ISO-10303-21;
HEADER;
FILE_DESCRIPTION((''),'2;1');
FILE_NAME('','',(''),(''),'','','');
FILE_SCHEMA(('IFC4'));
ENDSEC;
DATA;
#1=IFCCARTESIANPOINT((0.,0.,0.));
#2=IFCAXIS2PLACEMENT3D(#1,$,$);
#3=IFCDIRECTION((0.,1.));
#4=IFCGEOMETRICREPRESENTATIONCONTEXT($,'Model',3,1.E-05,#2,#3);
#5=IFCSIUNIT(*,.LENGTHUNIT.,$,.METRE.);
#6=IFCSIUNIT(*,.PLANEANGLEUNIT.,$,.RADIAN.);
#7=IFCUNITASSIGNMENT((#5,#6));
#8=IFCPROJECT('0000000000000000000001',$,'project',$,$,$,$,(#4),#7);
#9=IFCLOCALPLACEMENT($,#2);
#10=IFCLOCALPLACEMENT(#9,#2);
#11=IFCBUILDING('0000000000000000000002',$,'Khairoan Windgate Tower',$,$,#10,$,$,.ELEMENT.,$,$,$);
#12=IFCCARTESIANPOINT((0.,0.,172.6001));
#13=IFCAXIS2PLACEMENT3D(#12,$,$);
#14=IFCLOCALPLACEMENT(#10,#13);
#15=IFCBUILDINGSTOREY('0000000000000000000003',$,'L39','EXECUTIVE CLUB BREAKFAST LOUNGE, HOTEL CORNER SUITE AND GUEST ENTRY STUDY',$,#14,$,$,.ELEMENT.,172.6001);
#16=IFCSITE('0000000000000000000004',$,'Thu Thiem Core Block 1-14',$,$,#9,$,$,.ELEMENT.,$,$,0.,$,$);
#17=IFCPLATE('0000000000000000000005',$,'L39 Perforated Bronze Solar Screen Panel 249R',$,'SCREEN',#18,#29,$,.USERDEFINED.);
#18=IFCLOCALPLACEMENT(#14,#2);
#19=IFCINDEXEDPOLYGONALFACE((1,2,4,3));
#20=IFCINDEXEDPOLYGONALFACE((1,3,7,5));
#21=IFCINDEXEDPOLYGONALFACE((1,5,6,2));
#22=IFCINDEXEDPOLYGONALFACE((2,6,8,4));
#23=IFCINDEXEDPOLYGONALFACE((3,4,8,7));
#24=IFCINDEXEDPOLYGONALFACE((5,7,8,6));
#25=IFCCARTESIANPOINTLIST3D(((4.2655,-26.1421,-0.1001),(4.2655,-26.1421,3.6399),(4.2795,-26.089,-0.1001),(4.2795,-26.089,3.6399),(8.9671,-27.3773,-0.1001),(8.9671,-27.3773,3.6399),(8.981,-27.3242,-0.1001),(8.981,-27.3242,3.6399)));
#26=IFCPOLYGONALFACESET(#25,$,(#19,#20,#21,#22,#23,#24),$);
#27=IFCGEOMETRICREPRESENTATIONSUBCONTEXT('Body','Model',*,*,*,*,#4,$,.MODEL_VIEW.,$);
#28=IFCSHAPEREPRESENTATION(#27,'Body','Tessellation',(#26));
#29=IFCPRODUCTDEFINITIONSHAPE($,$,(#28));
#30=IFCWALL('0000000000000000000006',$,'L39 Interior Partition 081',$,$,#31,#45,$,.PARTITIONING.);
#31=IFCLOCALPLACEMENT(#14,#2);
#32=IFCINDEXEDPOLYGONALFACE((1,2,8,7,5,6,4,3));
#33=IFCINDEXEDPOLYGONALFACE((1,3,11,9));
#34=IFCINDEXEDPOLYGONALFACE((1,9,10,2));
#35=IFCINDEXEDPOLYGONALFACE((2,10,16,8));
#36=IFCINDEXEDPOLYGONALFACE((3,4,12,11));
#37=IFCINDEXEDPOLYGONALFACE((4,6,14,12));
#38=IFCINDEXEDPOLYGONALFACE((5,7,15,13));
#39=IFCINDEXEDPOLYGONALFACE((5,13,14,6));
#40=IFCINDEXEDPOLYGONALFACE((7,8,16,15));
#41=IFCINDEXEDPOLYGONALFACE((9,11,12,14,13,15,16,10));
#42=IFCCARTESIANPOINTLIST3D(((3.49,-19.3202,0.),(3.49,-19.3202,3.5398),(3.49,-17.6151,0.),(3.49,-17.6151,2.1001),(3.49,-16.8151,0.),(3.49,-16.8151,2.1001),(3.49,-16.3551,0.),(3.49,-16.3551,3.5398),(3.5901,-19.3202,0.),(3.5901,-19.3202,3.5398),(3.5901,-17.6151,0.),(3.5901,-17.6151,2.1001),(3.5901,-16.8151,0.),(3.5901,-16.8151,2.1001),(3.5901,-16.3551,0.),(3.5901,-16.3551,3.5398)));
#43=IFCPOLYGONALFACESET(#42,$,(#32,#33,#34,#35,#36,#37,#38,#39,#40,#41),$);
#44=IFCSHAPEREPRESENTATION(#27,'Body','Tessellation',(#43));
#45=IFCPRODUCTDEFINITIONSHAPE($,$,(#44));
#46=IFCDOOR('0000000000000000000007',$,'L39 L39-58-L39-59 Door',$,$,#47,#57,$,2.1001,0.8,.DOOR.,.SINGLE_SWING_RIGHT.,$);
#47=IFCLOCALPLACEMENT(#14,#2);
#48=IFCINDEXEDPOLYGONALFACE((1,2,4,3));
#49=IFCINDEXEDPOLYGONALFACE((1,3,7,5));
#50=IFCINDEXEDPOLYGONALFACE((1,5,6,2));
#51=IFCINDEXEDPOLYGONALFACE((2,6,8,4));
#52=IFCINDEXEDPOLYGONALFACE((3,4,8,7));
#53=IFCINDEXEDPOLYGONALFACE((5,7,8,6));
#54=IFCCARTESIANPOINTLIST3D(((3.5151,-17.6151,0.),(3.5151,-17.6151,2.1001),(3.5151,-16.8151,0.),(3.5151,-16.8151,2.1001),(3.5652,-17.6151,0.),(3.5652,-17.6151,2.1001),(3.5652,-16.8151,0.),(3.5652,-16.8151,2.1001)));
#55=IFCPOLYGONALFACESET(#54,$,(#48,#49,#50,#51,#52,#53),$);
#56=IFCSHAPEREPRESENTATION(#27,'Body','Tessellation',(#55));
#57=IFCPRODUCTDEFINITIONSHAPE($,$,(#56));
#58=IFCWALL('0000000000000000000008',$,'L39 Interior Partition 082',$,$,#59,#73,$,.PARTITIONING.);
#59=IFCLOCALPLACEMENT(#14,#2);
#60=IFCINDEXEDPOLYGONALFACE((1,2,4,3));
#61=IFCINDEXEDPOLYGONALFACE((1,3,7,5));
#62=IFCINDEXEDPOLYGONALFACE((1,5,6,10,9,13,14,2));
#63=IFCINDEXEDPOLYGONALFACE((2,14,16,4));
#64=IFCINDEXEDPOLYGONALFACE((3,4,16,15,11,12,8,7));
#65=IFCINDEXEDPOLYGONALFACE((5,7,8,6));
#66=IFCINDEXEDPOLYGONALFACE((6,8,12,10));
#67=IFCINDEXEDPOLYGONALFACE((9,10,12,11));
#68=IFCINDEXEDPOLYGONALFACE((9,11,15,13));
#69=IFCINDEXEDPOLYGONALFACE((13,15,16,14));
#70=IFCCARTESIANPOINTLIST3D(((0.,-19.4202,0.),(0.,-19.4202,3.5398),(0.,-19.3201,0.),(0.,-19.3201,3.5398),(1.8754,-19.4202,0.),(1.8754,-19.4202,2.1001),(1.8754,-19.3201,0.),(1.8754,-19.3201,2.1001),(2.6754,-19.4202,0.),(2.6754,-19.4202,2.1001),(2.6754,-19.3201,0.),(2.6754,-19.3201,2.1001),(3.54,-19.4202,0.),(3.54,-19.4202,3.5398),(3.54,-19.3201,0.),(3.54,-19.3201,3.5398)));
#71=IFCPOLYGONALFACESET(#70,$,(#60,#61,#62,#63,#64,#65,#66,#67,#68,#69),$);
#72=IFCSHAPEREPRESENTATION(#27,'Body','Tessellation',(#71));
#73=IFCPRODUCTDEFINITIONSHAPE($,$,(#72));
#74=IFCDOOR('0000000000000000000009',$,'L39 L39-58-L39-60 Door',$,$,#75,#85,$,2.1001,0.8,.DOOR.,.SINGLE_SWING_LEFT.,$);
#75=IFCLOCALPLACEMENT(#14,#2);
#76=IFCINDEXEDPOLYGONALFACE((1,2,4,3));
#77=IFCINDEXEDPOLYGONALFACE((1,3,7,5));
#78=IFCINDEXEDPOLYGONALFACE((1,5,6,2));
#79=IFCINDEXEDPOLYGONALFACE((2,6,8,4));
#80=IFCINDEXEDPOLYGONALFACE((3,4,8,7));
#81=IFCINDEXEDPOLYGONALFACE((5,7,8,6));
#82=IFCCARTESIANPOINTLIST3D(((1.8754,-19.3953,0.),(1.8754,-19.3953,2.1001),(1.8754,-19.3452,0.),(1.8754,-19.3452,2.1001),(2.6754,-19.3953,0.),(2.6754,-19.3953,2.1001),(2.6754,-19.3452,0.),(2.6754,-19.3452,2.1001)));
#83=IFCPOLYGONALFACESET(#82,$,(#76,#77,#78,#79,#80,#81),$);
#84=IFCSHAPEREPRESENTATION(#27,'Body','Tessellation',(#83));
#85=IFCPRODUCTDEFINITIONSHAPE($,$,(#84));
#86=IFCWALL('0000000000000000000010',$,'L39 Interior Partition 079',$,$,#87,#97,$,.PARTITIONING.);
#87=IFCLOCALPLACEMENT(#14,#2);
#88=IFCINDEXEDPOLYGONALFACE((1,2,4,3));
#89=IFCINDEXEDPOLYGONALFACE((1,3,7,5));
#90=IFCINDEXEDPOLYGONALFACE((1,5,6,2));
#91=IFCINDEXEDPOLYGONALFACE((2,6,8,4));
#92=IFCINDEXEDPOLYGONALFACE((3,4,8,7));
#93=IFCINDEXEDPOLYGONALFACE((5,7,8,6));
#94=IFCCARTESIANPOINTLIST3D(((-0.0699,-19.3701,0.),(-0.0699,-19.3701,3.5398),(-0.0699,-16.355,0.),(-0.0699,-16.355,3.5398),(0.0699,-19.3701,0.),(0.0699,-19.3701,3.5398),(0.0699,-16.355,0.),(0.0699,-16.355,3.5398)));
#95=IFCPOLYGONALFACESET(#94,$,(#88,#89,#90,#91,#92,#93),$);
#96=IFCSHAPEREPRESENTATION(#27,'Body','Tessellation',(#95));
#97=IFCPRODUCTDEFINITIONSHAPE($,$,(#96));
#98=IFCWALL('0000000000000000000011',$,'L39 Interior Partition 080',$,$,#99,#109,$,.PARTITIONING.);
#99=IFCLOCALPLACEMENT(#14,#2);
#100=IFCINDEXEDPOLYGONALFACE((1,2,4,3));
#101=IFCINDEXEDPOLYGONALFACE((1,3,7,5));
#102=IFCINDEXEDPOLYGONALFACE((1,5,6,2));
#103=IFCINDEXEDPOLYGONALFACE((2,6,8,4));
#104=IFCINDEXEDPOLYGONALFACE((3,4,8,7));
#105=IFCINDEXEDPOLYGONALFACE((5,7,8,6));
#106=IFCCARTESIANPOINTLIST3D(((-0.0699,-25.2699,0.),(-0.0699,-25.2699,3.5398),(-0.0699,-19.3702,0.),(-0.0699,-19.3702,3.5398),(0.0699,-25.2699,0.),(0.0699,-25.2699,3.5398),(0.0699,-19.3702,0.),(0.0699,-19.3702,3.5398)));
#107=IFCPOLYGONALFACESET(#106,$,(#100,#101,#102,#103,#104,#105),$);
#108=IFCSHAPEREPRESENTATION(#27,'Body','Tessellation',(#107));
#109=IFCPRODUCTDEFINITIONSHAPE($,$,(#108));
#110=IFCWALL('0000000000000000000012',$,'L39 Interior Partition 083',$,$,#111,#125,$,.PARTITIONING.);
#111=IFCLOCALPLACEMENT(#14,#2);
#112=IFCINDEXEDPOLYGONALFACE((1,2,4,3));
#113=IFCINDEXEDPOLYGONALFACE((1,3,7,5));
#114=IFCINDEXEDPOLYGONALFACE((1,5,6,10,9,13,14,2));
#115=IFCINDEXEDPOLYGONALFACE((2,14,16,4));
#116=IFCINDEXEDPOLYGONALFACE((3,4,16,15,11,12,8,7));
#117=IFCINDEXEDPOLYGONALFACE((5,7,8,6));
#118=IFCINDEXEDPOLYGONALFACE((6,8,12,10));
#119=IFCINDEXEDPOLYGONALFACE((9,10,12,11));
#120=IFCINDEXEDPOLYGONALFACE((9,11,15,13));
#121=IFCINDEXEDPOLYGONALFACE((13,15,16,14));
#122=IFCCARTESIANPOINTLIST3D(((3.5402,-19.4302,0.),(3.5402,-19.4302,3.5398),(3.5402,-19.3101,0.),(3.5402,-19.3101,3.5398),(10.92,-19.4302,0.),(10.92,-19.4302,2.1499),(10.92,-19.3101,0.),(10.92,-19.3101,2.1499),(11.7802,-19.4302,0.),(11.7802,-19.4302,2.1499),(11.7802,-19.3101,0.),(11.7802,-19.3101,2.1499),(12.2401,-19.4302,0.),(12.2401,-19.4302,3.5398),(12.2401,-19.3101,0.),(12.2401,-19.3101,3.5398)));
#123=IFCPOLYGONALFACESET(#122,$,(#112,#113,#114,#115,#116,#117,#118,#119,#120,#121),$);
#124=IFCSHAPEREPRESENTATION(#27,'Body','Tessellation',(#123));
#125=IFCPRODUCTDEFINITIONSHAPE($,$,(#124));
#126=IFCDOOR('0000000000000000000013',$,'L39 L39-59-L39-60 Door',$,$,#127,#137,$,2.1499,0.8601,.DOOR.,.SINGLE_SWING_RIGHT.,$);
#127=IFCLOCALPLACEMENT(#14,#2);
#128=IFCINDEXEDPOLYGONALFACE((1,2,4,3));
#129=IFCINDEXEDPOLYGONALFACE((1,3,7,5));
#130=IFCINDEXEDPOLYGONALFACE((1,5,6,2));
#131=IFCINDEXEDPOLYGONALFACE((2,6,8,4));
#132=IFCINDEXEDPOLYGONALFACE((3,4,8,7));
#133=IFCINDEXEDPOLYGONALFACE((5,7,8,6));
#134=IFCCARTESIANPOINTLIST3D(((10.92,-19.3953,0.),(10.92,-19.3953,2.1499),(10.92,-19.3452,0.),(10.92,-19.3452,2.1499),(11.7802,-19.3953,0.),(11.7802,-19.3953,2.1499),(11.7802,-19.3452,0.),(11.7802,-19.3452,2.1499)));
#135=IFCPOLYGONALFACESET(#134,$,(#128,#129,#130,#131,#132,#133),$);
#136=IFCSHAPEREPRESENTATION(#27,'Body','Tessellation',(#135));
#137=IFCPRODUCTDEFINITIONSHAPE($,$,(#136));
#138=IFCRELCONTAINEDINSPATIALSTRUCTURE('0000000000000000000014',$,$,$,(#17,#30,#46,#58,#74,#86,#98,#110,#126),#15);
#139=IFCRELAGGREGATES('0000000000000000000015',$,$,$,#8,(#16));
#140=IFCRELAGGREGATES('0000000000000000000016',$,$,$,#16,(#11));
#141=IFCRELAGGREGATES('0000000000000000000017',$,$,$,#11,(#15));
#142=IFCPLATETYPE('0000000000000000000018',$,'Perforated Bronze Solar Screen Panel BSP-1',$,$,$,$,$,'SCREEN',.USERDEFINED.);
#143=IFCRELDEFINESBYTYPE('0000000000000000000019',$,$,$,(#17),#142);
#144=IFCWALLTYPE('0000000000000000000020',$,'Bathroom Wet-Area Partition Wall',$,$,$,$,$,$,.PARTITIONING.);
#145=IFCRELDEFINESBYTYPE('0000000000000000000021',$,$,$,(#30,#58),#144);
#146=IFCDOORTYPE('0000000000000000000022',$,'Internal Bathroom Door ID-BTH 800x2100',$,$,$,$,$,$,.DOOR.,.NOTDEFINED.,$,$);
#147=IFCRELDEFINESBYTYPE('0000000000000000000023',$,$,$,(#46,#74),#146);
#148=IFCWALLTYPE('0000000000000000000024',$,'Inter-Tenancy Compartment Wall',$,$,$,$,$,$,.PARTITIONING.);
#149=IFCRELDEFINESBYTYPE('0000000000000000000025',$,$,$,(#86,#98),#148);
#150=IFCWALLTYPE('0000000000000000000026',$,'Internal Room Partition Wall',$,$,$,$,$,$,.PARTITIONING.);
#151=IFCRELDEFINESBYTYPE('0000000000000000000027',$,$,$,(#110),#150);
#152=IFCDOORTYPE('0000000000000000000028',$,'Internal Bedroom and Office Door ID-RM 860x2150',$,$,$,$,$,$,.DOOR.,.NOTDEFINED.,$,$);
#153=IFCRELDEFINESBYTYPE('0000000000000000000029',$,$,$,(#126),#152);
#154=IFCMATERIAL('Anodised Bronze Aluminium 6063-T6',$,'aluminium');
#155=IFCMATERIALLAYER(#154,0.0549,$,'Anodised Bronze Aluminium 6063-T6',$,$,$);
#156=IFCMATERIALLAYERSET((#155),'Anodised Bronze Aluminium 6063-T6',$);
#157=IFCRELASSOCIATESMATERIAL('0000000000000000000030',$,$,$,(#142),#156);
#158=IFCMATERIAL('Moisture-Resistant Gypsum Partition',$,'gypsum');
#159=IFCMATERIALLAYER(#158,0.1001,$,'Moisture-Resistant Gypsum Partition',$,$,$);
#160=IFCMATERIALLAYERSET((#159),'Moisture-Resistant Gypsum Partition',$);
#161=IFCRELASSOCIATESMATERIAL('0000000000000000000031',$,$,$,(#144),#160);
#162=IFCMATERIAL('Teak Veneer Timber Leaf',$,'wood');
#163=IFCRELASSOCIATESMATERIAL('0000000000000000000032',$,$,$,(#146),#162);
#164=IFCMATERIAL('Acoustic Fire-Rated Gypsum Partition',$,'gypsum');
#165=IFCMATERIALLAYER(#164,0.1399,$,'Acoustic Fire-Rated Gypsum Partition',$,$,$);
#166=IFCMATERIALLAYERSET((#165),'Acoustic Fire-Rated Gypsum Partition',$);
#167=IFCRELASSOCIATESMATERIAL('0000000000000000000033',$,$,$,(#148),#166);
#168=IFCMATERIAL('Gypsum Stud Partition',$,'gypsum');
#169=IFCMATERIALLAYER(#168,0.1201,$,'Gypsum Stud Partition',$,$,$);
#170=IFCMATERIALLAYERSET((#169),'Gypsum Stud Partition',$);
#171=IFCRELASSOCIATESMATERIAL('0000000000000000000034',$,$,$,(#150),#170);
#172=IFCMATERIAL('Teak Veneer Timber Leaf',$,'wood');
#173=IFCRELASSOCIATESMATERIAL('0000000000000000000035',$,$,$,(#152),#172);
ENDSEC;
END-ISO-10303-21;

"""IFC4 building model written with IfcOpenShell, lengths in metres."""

from ifc_helpers import new_model, si_unit, direction, frame, frame_2d, origin, origin_2d, place, context, subcontext, project, spatial, rectangle, extrude, material, layer, layer_set, type_object, element, fill, save


model = new_model("IFC4")

# Units and contexts
model_context = context("Model", 3, precision=1e-05, world=origin(), true_north=direction((0.0, 1.0)))
body_context = subcontext(model_context, "Body", "Model", "MODEL_VIEW")
ifc_project = project(units=[si_unit("LENGTHUNIT", "METRE"), si_unit("PLANEANGLEUNIT", "RADIAN")], contexts=[model_context])

# Site, building, storey
site_placement = place(None, origin())
site = spatial("IfcSite", under=ifc_project, at=site_placement, Name="Thu Thiem Core Block 1-14", CompositionType="ELEMENT", RefElevation=0.0)
building_placement = place(site_placement, origin())
building = spatial("IfcBuilding", under=site, at=building_placement, Name="Khairoan Windgate Tower", CompositionType="ELEMENT")
storey_placement = place(building_placement, frame((0.0, 0.0, 172.6001)))
storey = spatial("IfcBuildingStorey", under=building, at=storey_placement, Name="L39", Description="EXECUTIVE CLUB BREAKFAST LOUNGE, HOTEL CORNER SUITE AND GUEST ENTRY STUDY", CompositionType="ELEMENT", Elevation=172.6001)

# Plate
ifc_material_1 = material(Name="Anodised Bronze Aluminium 6063-T6", Category="aluminium")
ifc_layer_1 = layer(ifc_material_1, 0.0549, Name="Anodised Bronze Aluminium 6063-T6")
ifc_layer_set_1 = layer_set([ifc_layer_1], Name="Anodised Bronze Aluminium 6063-T6")
plate_type = type_object("IfcPlateType", Name="Perforated Bronze Solar Screen Panel BSP-1", ElementType="SCREEN", PredefinedType="USERDEFINED", material=ifc_layer_set_1)
plate_placement = place(storey_placement, frame((6.6233, -26.7332, -0.1001), z_axis=(0.0, 0.0, 1.0), x_axis=(-0.967179, 0.254096, 0.0)))
element("IfcPlate", 1, at=plate_placement, inside=storey, type_object=plate_type, Name="L39 Perforated Bronze Solar Screen Panel 249R", ObjectType="SCREEN", PredefinedType="USERDEFINED", context=body_context, shape_type="SweptSolid", body=[
    extrude(rectangle(XDim=4.8611, YDim=0.0549, at=origin_2d()), origin(), (0.0, 0.0, 1.0), 3.74),
])

# Walls, openings, doors
ifc_material_2 = material(Name="Moisture-Resistant Gypsum Partition", Category="gypsum")
ifc_layer_2 = layer(ifc_material_2, 0.1001, Name="Moisture-Resistant Gypsum Partition")
ifc_layer_set_2 = layer_set([ifc_layer_2], Name="Moisture-Resistant Gypsum Partition")
wall_type_1 = type_object("IfcWallType", Name="Bathroom Wet-Area Partition Wall", PredefinedType="PARTITIONING", material=ifc_layer_set_2)
wall_1_placement = place(storey_placement, frame((3.54, -19.3201, 0.0), z_axis=(0.0, 0.0, 1.0), x_axis=(0.0, 1.0, 0.0)))
wall_1 = element("IfcWall", 2, at=wall_1_placement, inside=storey, type_object=wall_type_1, Name="L39 Interior Partition 081", PredefinedType="PARTITIONING", context=body_context, shape_type="SweptSolid", body=[
    extrude(rectangle(XDim=2.9651, YDim=0.1001, at=frame_2d((1.4824, 0.0))), origin(), (0.0, 0.0, 1.0), 3.5398),
])
opening_1_placement = place(wall_1_placement, frame((1.7051, 0.0, 0.0)))
opening_1 = element("IfcOpeningElement", 3, at=opening_1_placement, cuts=wall_1, PredefinedType="OPENING", context=body_context, shape_type="SweptSolid", body=[
    extrude(rectangle(XDim=0.8, YDim=2.1001, at=frame_2d((0.3999, 1.05))), frame((0.0, 0.0601, 0.0), z_axis=(0.0, -1.0, 0.0), x_axis=(1.0, 0.0, 0.0)), (0.0, 0.0, 1.0), 0.1201),
])
ifc_material_3 = material(Name="Teak Veneer Timber Leaf", Category="wood")
door_type_1 = type_object("IfcDoorType", Name="Internal Bathroom Door ID-BTH 800x2100", OperationType="NOTDEFINED", PredefinedType="DOOR", material=ifc_material_3)
door_1_placement = place(opening_1_placement, origin())
door_1 = element("IfcDoor", 4, at=door_1_placement, inside=storey, type_object=door_type_1, Name="L39 L39-58-L39-59 Door", OperationType="SINGLE_SWING_RIGHT", OverallHeight=2.1001, OverallWidth=0.8, PredefinedType="DOOR", context=body_context, shape_type="SweptSolid", body=[
    extrude(rectangle(XDim=0.8, YDim=2.1001, at=frame_2d((0.3999, 1.05))), frame((0.0, 0.0249, 0.0), z_axis=(0.0, -1.0, 0.0), x_axis=(1.0, 0.0, 0.0)), (0.0, 0.0, 1.0), 0.05),
])
fill(opening_1, door_1)
wall_2_placement = place(storey_placement, frame((0.0, -19.3701, 0.0), z_axis=(0.0, 0.0, 1.0), x_axis=(1.0, 0.0, 0.0)))
wall_2 = element("IfcWall", 5, at=wall_2_placement, inside=storey, type_object=wall_type_1, Name="L39 Interior Partition 082", PredefinedType="PARTITIONING", context=body_context, shape_type="SweptSolid", body=[
    extrude(rectangle(XDim=3.54, YDim=0.1001, at=frame_2d((1.77, 0.0))), origin(), (0.0, 0.0, 1.0), 3.5398),
])
opening_2_placement = place(wall_2_placement, frame((1.8755, 0.0, 0.0)))
opening_2 = element("IfcOpeningElement", 6, at=opening_2_placement, cuts=wall_2, PredefinedType="OPENING", context=body_context, shape_type="SweptSolid", body=[
    extrude(rectangle(XDim=0.8, YDim=2.1001, at=frame_2d((0.3999, 1.05))), frame((0.0, 0.0601, 0.0), z_axis=(0.0, -1.0, 0.0), x_axis=(1.0, 0.0, 0.0)), (0.0, 0.0, 1.0), 0.1201),
])
door_2_placement = place(opening_2_placement, origin())
door_2 = element("IfcDoor", 7, at=door_2_placement, inside=storey, type_object=door_type_1, Name="L39 L39-58-L39-60 Door", OperationType="SINGLE_SWING_LEFT", OverallHeight=2.1001, OverallWidth=0.8, PredefinedType="DOOR", context=body_context, shape_type="SweptSolid", body=[
    extrude(rectangle(XDim=0.8, YDim=2.1001, at=frame_2d((0.3999, 1.05))), frame((0.0, 0.0249, 0.0), z_axis=(0.0, -1.0, 0.0), x_axis=(1.0, 0.0, 0.0)), (0.0, 0.0, 1.0), 0.05),
])
fill(opening_2, door_2)

# Walls
ifc_material_4 = material(Name="Acoustic Fire-Rated Gypsum Partition", Category="gypsum")
ifc_layer_3 = layer(ifc_material_4, 0.1399, Name="Acoustic Fire-Rated Gypsum Partition")
ifc_layer_set_3 = layer_set([ifc_layer_3], Name="Acoustic Fire-Rated Gypsum Partition")
wall_type_2 = type_object("IfcWallType", Name="Inter-Tenancy Compartment Wall", PredefinedType="PARTITIONING", material=ifc_layer_set_3)
wall_3_placement = place(storey_placement, frame((0.0, -19.3701, 0.0), z_axis=(0.0, 0.0, 1.0), x_axis=(0.0, 1.0, 0.0)))
element("IfcWall", 8, at=wall_3_placement, inside=storey, type_object=wall_type_2, Name="L39 Interior Partition 079", PredefinedType="PARTITIONING", context=body_context, shape_type="SweptSolid", body=[
    extrude(rectangle(XDim=3.0151, YDim=0.1399, at=frame_2d((1.5076, 0.0))), origin(), (0.0, 0.0, 1.0), 3.5398),
])
wall_4_placement = place(storey_placement, frame((0.0, -25.2698, 0.0), z_axis=(0.0, 0.0, 1.0), x_axis=(0.0, 1.0, 0.0)))
element("IfcWall", 9, at=wall_4_placement, inside=storey, type_object=wall_type_2, Name="L39 Interior Partition 080", PredefinedType="PARTITIONING", context=body_context, shape_type="SweptSolid", body=[
    extrude(rectangle(XDim=5.8997, YDim=0.1399, at=frame_2d((2.9497, 0.0))), origin(), (0.0, 0.0, 1.0), 3.5398),
])

# Wall, opening, door
ifc_material_5 = material(Name="Gypsum Stud Partition", Category="gypsum")
ifc_layer_4 = layer(ifc_material_5, 0.1201, Name="Gypsum Stud Partition")
ifc_layer_set_4 = layer_set([ifc_layer_4], Name="Gypsum Stud Partition")
wall_type_3 = type_object("IfcWallType", Name="Internal Room Partition Wall", PredefinedType="PARTITIONING", material=ifc_layer_set_4)
wall_5_placement = place(storey_placement, frame((3.54, -19.3701, 0.0), z_axis=(0.0, 0.0, 1.0), x_axis=(1.0, 0.0, 0.0)))
wall_5 = element("IfcWall", 10, at=wall_5_placement, inside=storey, type_object=wall_type_3, Name="L39 Interior Partition 083", PredefinedType="PARTITIONING", context=body_context, shape_type="SweptSolid", body=[
    extrude(rectangle(XDim=8.7, YDim=0.1201, at=frame_2d((4.3501, 0.0))), origin(), (0.0, 0.0, 1.0), 3.5398),
])
opening_3_placement = place(wall_5_placement, frame((7.3799, 0.0, 0.0)))
opening_3 = element("IfcOpeningElement", 11, at=opening_3_placement, cuts=wall_5, PredefinedType="OPENING", context=body_context, shape_type="SweptSolid", body=[
    extrude(rectangle(XDim=0.8601, YDim=2.1499, at=frame_2d((0.4302, 1.075))), frame((0.0, 0.0701, 0.0), z_axis=(0.0, -1.0, 0.0), x_axis=(1.0, 0.0, 0.0)), (0.0, 0.0, 1.0), 0.1401),
])
ifc_material_6 = material(Name="Teak Veneer Timber Leaf", Category="wood")
door_type_2 = type_object("IfcDoorType", Name="Internal Bedroom and Office Door ID-RM 860x2150", OperationType="NOTDEFINED", PredefinedType="DOOR", material=ifc_material_6)
door_3_placement = place(opening_3_placement, origin())
door_3 = element("IfcDoor", 12, at=door_3_placement, inside=storey, type_object=door_type_2, Name="L39 L39-59-L39-60 Door", OperationType="SINGLE_SWING_RIGHT", OverallHeight=2.1499, OverallWidth=0.8601, PredefinedType="DOOR", context=body_context, shape_type="SweptSolid", body=[
    extrude(rectangle(XDim=0.8601, YDim=2.1499, at=frame_2d((0.4302, 1.075))), frame((0.0, 0.0249, 0.0), z_axis=(0.0, -1.0, 0.0), x_axis=(1.0, 0.0, 0.0)), (0.0, 0.0, 1.0), 0.05),
])
fill(opening_3, door_3)

save(model, "model.ifc")
